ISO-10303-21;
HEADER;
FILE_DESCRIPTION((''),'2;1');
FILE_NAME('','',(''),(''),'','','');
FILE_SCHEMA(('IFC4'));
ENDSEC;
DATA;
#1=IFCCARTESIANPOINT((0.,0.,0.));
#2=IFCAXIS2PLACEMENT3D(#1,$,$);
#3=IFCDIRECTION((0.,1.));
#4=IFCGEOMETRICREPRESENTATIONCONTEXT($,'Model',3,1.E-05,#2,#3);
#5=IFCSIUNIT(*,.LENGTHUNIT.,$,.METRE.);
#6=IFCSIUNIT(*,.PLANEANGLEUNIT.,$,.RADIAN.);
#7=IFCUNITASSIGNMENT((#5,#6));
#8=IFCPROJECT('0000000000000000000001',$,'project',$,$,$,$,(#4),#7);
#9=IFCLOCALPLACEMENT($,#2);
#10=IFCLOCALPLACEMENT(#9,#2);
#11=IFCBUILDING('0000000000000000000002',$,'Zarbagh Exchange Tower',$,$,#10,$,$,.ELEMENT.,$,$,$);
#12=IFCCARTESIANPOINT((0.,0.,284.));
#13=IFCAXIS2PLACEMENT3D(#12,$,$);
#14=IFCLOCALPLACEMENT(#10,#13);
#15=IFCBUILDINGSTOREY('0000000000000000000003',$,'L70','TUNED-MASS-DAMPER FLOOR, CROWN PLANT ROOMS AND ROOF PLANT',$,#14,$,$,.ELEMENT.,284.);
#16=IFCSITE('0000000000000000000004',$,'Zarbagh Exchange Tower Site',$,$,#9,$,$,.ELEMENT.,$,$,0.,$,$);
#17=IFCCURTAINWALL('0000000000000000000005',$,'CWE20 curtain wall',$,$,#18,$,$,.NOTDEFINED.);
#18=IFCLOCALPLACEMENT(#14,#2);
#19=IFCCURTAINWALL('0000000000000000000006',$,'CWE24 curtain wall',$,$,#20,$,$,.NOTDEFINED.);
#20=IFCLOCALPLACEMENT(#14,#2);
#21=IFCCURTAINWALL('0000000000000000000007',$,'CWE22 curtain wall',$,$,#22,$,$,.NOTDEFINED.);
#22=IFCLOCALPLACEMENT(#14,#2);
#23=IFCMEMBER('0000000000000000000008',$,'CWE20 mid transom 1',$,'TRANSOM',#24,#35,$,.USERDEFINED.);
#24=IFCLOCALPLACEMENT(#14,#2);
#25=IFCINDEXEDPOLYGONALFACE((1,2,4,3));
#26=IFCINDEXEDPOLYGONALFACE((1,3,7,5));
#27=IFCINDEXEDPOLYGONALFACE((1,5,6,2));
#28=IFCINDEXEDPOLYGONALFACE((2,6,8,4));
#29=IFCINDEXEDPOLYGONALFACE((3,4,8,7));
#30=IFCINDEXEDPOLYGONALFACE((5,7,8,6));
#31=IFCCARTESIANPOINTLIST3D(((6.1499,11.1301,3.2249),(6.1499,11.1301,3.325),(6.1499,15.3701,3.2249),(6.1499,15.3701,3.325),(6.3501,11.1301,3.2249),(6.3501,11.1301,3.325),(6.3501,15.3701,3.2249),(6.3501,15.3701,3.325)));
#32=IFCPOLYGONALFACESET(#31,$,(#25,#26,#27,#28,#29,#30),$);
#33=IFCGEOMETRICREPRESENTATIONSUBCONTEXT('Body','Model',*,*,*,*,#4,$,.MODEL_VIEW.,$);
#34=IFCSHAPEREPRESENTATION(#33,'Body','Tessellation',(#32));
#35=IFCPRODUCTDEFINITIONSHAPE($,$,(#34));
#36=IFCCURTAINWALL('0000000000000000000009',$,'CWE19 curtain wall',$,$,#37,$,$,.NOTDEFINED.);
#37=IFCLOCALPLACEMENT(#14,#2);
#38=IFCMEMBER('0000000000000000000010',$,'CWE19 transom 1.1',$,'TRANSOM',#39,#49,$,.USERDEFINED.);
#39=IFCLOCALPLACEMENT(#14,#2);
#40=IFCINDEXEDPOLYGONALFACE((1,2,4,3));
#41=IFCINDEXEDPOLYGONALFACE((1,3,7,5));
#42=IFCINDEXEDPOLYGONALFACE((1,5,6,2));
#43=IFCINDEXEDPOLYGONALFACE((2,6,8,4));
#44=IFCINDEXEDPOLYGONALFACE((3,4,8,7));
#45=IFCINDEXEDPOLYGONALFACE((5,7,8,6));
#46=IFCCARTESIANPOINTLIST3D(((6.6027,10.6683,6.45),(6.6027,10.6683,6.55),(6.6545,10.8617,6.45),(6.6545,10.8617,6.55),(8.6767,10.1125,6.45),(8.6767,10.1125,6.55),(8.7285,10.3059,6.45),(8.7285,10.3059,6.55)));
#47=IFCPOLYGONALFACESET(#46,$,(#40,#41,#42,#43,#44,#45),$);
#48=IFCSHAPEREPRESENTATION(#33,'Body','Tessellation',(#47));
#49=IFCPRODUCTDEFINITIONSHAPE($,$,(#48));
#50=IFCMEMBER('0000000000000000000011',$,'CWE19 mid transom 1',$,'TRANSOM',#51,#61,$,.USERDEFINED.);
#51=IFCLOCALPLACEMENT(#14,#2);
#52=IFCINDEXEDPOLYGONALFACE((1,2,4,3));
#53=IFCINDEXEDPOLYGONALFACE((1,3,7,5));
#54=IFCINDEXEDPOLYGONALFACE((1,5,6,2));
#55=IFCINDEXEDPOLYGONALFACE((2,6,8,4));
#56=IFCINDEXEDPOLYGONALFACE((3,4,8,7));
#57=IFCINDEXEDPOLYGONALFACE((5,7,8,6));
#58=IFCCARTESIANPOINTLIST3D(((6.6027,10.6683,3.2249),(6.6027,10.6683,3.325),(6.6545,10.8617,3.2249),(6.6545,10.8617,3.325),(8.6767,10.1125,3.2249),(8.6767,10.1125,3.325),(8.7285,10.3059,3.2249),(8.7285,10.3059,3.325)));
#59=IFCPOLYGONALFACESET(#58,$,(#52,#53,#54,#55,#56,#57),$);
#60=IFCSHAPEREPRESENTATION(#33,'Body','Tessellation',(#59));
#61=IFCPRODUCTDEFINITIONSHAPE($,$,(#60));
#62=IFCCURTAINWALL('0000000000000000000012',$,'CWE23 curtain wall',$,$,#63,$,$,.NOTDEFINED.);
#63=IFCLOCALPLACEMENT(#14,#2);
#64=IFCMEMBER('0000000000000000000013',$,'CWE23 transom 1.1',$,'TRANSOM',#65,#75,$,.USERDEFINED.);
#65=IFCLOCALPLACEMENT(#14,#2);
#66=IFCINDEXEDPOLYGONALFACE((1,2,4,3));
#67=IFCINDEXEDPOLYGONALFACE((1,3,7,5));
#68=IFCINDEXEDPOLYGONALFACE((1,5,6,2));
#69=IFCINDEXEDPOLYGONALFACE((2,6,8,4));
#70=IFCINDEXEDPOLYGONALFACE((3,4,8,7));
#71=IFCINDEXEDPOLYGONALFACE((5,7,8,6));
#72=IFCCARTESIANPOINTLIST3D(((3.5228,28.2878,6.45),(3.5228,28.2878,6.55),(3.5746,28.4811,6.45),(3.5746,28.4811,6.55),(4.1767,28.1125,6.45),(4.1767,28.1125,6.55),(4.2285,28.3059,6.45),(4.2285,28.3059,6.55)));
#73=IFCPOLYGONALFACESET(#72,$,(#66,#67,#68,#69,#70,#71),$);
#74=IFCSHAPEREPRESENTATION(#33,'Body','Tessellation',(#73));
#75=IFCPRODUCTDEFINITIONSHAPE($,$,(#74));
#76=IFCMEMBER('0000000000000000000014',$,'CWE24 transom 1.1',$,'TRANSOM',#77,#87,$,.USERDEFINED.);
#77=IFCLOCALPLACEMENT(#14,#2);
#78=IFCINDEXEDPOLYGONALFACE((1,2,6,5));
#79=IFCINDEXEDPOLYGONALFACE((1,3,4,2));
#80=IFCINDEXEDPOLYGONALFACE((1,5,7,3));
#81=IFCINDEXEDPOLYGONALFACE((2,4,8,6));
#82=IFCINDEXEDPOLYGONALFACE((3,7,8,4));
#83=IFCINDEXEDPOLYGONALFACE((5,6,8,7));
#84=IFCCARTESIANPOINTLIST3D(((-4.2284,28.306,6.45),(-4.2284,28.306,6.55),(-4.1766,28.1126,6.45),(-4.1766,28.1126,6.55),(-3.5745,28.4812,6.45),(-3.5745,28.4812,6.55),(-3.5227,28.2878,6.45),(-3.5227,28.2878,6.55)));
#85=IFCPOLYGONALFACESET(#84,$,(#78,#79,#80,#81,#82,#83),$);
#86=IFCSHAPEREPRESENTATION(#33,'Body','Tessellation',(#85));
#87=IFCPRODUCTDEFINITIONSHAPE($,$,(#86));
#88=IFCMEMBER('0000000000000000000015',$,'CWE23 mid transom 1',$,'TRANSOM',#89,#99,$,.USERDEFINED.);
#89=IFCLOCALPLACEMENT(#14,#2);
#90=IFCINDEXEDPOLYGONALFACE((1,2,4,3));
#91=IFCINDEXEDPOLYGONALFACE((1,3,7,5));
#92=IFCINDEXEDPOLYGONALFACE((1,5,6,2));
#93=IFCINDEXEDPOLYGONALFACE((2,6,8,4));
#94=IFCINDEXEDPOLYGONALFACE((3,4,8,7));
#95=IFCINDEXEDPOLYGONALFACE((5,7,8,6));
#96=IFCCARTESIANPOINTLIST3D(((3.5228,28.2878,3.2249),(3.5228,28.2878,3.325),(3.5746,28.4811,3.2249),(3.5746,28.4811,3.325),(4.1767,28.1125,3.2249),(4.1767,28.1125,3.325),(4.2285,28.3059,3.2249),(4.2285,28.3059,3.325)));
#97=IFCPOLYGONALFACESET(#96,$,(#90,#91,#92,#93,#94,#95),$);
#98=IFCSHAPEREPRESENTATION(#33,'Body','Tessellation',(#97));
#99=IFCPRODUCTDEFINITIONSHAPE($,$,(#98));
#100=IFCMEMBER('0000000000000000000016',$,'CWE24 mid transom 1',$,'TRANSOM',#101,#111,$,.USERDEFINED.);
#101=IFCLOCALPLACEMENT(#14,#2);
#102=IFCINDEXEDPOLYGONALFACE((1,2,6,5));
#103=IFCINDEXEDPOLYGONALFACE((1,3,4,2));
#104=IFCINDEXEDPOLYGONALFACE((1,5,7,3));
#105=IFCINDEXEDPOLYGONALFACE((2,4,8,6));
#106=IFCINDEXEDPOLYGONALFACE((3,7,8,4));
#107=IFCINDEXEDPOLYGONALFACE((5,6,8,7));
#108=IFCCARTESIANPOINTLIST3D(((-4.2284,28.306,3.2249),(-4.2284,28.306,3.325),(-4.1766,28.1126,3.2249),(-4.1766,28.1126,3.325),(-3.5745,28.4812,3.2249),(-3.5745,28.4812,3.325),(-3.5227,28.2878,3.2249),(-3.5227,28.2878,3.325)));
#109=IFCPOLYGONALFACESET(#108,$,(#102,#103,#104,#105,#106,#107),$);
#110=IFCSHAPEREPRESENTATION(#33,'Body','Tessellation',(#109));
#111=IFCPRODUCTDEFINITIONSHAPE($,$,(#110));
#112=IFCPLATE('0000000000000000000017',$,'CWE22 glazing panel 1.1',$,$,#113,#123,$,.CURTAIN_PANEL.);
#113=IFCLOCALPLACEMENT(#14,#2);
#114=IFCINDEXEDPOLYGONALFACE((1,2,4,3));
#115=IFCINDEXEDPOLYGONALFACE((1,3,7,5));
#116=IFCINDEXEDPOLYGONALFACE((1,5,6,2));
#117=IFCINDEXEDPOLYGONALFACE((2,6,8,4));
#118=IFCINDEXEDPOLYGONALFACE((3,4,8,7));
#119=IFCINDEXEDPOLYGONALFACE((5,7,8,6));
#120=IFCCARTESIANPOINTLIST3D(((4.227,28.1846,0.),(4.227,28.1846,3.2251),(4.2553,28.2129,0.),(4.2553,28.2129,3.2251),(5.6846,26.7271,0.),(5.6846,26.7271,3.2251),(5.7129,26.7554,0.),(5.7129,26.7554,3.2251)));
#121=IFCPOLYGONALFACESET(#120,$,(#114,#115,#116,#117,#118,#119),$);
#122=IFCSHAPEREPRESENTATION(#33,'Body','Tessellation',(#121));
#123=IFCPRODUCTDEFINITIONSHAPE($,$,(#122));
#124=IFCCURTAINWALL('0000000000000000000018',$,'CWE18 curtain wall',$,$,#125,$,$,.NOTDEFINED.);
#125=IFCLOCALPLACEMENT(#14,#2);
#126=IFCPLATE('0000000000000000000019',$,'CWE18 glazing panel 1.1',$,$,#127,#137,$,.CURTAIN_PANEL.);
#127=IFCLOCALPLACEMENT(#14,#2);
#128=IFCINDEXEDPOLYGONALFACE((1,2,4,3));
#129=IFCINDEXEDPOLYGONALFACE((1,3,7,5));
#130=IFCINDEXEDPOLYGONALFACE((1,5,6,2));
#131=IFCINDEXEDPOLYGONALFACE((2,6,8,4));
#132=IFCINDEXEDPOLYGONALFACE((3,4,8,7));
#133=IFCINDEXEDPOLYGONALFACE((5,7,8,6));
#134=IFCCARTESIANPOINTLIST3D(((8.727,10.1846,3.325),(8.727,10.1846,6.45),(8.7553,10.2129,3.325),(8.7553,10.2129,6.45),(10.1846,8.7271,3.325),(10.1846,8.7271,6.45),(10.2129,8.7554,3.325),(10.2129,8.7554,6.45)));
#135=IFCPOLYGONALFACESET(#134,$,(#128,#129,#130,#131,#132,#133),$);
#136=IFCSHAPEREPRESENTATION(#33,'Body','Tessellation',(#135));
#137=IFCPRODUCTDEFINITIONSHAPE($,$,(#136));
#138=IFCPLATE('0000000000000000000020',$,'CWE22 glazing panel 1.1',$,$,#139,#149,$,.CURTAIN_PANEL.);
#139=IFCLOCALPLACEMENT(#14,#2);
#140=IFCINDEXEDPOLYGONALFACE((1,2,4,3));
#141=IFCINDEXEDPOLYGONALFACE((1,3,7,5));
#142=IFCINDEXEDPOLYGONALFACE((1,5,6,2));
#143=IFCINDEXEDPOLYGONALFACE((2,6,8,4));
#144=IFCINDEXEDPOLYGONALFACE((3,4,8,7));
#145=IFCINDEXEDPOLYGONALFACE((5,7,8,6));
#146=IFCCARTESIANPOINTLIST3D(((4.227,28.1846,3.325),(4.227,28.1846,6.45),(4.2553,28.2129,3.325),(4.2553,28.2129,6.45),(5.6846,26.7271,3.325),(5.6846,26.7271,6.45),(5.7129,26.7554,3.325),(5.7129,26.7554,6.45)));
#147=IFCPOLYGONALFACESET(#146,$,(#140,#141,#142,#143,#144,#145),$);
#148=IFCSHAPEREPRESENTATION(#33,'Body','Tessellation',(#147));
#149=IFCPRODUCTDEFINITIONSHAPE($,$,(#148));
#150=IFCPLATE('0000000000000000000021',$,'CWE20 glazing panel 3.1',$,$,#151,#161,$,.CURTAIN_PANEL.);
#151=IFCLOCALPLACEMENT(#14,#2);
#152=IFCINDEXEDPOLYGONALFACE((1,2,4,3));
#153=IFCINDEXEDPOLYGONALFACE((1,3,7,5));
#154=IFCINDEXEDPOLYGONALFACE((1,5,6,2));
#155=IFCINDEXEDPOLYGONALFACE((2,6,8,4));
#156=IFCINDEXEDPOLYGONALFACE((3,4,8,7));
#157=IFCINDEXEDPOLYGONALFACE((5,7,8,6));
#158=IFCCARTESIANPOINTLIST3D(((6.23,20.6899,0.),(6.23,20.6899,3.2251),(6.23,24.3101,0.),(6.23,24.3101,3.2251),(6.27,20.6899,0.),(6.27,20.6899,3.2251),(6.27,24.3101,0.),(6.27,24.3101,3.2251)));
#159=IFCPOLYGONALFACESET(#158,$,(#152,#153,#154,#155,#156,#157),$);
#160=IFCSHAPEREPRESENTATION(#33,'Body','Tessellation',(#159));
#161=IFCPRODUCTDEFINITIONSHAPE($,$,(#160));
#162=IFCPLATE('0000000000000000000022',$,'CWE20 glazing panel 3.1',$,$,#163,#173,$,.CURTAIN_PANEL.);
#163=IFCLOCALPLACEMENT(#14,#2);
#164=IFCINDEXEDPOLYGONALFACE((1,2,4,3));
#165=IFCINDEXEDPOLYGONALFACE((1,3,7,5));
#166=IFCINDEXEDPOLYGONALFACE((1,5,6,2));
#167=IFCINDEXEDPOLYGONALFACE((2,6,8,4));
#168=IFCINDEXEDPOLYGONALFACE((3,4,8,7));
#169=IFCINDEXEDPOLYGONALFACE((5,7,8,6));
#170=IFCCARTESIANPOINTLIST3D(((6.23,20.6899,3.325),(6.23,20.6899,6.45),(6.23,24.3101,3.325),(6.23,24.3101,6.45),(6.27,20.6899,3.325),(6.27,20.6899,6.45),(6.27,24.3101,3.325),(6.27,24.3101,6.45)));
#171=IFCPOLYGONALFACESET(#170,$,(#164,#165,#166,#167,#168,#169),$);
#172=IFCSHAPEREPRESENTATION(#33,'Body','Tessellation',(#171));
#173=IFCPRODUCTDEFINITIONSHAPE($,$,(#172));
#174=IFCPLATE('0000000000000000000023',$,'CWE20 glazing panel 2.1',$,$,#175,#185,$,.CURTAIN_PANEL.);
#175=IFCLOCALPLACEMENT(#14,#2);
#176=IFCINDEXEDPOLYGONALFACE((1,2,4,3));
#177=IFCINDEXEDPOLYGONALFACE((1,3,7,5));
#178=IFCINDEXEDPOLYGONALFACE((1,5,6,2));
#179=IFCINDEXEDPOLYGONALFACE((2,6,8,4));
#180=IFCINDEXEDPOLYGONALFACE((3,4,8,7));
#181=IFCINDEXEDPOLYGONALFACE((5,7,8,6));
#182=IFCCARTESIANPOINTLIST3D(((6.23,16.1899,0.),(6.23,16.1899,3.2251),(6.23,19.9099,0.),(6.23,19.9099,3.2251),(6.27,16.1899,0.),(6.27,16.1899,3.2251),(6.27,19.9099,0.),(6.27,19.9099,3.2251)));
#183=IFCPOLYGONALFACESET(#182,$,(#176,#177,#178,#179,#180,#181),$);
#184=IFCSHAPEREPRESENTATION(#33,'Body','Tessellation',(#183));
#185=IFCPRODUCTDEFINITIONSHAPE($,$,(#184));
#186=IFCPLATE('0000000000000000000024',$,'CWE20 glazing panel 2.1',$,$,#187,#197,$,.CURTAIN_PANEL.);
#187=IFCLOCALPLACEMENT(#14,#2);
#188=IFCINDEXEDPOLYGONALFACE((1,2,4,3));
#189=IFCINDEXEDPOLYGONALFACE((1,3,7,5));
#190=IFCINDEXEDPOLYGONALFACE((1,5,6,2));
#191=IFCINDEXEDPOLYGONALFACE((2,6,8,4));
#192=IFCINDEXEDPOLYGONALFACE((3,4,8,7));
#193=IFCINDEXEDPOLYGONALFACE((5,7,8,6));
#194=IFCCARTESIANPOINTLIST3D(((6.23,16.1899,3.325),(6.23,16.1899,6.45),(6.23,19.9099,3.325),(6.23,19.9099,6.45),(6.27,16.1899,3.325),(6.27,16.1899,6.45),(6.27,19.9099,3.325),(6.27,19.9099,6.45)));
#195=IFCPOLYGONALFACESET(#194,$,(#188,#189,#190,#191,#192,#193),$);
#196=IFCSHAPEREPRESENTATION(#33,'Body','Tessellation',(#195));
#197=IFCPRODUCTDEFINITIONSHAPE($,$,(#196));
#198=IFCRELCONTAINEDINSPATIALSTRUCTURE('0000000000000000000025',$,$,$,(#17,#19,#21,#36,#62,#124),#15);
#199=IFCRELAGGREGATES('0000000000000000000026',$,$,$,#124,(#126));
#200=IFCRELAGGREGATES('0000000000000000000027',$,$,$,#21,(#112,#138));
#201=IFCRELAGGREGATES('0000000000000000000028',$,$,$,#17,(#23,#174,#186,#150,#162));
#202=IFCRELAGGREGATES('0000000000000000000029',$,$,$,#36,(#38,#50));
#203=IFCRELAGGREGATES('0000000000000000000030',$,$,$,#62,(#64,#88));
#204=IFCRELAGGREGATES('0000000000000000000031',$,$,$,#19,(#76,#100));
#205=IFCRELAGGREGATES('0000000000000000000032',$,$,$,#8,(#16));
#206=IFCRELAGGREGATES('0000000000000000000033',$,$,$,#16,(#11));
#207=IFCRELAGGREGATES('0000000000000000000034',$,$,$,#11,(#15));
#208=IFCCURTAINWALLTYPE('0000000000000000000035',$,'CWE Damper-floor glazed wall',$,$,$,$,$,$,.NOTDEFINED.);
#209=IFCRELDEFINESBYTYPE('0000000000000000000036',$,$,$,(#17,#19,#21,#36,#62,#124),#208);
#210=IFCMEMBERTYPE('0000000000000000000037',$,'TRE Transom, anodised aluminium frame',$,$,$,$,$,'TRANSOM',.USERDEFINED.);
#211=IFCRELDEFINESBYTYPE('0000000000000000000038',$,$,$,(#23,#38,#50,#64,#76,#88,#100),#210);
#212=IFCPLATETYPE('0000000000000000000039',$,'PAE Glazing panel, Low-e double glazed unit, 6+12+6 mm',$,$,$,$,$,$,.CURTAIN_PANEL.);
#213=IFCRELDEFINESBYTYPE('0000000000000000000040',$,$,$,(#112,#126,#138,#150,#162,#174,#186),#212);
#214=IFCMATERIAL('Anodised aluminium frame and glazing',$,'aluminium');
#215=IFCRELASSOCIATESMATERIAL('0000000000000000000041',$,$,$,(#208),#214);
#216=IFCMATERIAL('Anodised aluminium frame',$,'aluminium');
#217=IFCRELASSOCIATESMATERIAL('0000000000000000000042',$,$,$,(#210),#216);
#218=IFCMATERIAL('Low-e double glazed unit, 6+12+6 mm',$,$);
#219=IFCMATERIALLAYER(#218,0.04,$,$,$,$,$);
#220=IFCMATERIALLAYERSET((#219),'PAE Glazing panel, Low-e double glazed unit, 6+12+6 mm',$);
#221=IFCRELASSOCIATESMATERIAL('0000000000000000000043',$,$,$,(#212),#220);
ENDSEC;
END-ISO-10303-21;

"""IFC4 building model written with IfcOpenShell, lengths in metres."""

from ifc_helpers import new_model, si_unit, direction, frame, origin, place, context, subcontext, project, spatial, polyline, outline, extrude, source, transform, mapped, material, layer, layer_set, type_object, element, aggregate, save


model = new_model("IFC4")

# Units and contexts
model_context = context("Model", 3, precision=1e-05, world=origin(), true_north=direction((0.0, 1.0)))
body_context = subcontext(model_context, "Body", "Model", "MODEL_VIEW")
ifc_project = project(units=[si_unit("LENGTHUNIT", "METRE"), si_unit("PLANEANGLEUNIT", "RADIAN")], contexts=[model_context])

# Site, building, storey
site_placement = place(None, origin())
site = spatial("IfcSite", under=ifc_project, at=site_placement, Name="Zarbagh Exchange Tower Site", CompositionType="ELEMENT", RefElevation=0.0)
building_placement = place(site_placement, origin())
building = spatial("IfcBuilding", under=site, at=building_placement, Name="Zarbagh Exchange Tower", CompositionType="ELEMENT")
storey_placement = place(building_placement, frame((0.0, 0.0, 284.0)))
storey = spatial("IfcBuildingStorey", under=building, at=storey_placement, Name="L70", Description="TUNED-MASS-DAMPER FLOOR, CROWN PLANT ROOMS AND ROOF PLANT", CompositionType="ELEMENT", Elevation=284.0)

# Curtain wall
ifc_material_1 = material(Name="Anodised aluminium frame and glazing", Category="aluminium")
curtain_wall_type = type_object("IfcCurtainWallType", Name="CWE Damper-floor glazed wall", PredefinedType="NOTDEFINED", material=ifc_material_1)
curtain_wall_1_placement = place(storey_placement, origin())
curtain_wall_1 = element("IfcCurtainWall", 1, at=curtain_wall_1_placement, inside=storey, type_object=curtain_wall_type, Name="CWE20 curtain wall", PredefinedType="NOTDEFINED")
ifc_material_2 = material(Name="Anodised aluminium frame", Category="aluminium")
placement = place(storey_placement, origin())

# Curtain wall
curtain_wall_2_placement = place(storey_placement, origin())
curtain_wall_2 = element("IfcCurtainWall", 2, at=curtain_wall_2_placement, inside=storey, type_object=curtain_wall_type, Name="CWE24 curtain wall", PredefinedType="NOTDEFINED")

# Curtain wall
curtain_wall_3_placement = place(storey_placement, origin())
curtain_wall_3 = element("IfcCurtainWall", 3, at=curtain_wall_3_placement, inside=storey, type_object=curtain_wall_type, Name="CWE22 curtain wall", PredefinedType="NOTDEFINED")
member_type_1 = type_object("IfcMemberType", Name="TRE Transom, anodised aluminium frame", ElementType="TRANSOM", PredefinedType="USERDEFINED", material=ifc_material_2)

# Member
shared_shape_1 = source(origin(), body_context, "Body", "SweptSolid", [
    extrude(outline(polyline([(-0.05, -0.1001), (0.05, -0.1001), (0.05, 0.1001), (-0.05, 0.1001), (-0.05, -0.1001)])), origin(), (0.0, 0.0, 1.0), 4.24),
])
member_1 = element("IfcMember", 4, at=placement, type_object=member_type_1, Name="CWE20 mid transom 1", ObjectType="TRANSOM", PredefinedType="USERDEFINED", context=body_context, shape_type="MappedRepresentation", body=[
    mapped(shared_shape_1, transform((6.25, 11.1301, 3.2749), x_axis=(0.0, 0.0, 1.0), y_axis=(1.0, 0.0, 0.0), z_axis=(0.0, 1.0, 0.0))),
])

# Curtain wall, members
curtain_wall_4_placement = place(storey_placement, origin())
curtain_wall_4 = element("IfcCurtainWall", 5, at=curtain_wall_4_placement, inside=storey, type_object=curtain_wall_type, Name="CWE19 curtain wall", PredefinedType="NOTDEFINED")
shared_shape_2 = source(origin(), body_context, "Body", "SweptSolid", [
    extrude(outline(polyline([(-0.1001, -0.1001), (0.0, -0.1001), (0.0, 0.1001), (-0.1001, 0.1001), (-0.1001, -0.1001)])), origin(), (0.0, 0.0, 1.0), 2.1472),
])
member_2 = element("IfcMember", 6, at=placement, type_object=member_type_1, Name="CWE19 transom 1.1", ObjectType="TRANSOM", PredefinedType="USERDEFINED", context=body_context, shape_type="MappedRepresentation", body=[
    mapped(shared_shape_2, transform((8.7026, 10.2092, 6.55), x_axis=(0.0, 0.0, 1.0), y_axis=(0.258825, 0.965924, 0.0), z_axis=(-0.965924, 0.258825, 0.0))),
])
shared_shape_3 = source(origin(), body_context, "Body", "SweptSolid", [
    extrude(outline(polyline([(-0.05, -0.1001), (0.05, -0.1001), (0.05, 0.1001), (-0.05, 0.1001), (-0.05, -0.1001)])), origin(), (0.0, 0.0, 1.0), 2.1472),
])
member_3 = element("IfcMember", 7, at=placement, type_object=member_type_1, Name="CWE19 mid transom 1", ObjectType="TRANSOM", PredefinedType="USERDEFINED", context=body_context, shape_type="MappedRepresentation", body=[
    mapped(shared_shape_3, transform((8.7026, 10.2092, 3.2749), x_axis=(0.0, 0.0, 1.0), y_axis=(0.258825, 0.965924, 0.0), z_axis=(-0.965924, 0.258825, 0.0))),
])

# Curtain wall, member
curtain_wall_5_placement = place(storey_placement, origin())
curtain_wall_5 = element("IfcCurtainWall", 8, at=curtain_wall_5_placement, inside=storey, type_object=curtain_wall_type, Name="CWE23 curtain wall", PredefinedType="NOTDEFINED")
shared_shape_4 = source(origin(), body_context, "Body", "SweptSolid", [
    extrude(outline(polyline([(-0.1001, -0.1001), (0.0, -0.1001), (0.0, 0.1001), (-0.1001, 0.1001), (-0.1001, -0.1001)])), origin(), (0.0, 0.0, 1.0), 0.677),
])
member_4 = element("IfcMember", 9, at=placement, type_object=member_type_1, Name="CWE23 transom 1.1", ObjectType="TRANSOM", PredefinedType="USERDEFINED", context=body_context, shape_type="MappedRepresentation", body=[
    mapped(shared_shape_4, transform((4.2026, 28.2092, 6.55), x_axis=(0.0, 0.0, 1.0), y_axis=(0.258825, 0.965924, 0.0), z_axis=(-0.965924, 0.258825, 0.0))),
])

# Members
member_5 = element("IfcMember", 10, at=placement, type_object=member_type_1, Name="CWE24 transom 1.1", ObjectType="TRANSOM", PredefinedType="USERDEFINED", context=body_context, shape_type="MappedRepresentation", body=[
    mapped(shared_shape_4, transform((-3.5486, 28.3845, 6.55), x_axis=(0.0, 0.0, 1.0), y_axis=(-0.258825, 0.965924, 0.0), z_axis=(-0.965924, -0.258825, 0.0))),
])
shared_shape_5 = source(origin(), body_context, "Body", "SweptSolid", [
    extrude(outline(polyline([(-0.05, -0.1001), (0.05, -0.1001), (0.05, 0.1001), (-0.05, 0.1001), (-0.05, -0.1001)])), origin(), (0.0, 0.0, 1.0), 0.677),
])
member_6 = element("IfcMember", 11, at=placement, type_object=member_type_1, Name="CWE23 mid transom 1", ObjectType="TRANSOM", PredefinedType="USERDEFINED", context=body_context, shape_type="MappedRepresentation", body=[
    mapped(shared_shape_5, transform((4.2026, 28.2092, 3.2749), x_axis=(0.0, 0.0, 1.0), y_axis=(0.258825, 0.965924, 0.0), z_axis=(-0.965924, 0.258825, 0.0))),
])
member_7 = element("IfcMember", 12, at=placement, type_object=member_type_1, Name="CWE24 mid transom 1", ObjectType="TRANSOM", PredefinedType="USERDEFINED", context=body_context, shape_type="MappedRepresentation", body=[
    mapped(shared_shape_5, transform((-3.5486, 28.3845, 3.2749), x_axis=(0.0, 0.0, 1.0), y_axis=(-0.258825, 0.965924, 0.0), z_axis=(-0.965924, -0.258825, 0.0))),
])

# Plate
ifc_material_3 = material(Name="Low-e double glazed unit, 6+12+6 mm")
ifc_layer = layer(ifc_material_3, 0.04)
ifc_layer_set = layer_set([ifc_layer], Name="PAE Glazing panel, Low-e double glazed unit, 6+12+6 mm")
plate_type = type_object("IfcPlateType", Name="PAE Glazing panel, Low-e double glazed unit, 6+12+6 mm", PredefinedType="CURTAIN_PANEL", material=ifc_layer_set)
shared_shape_6 = source(origin(), body_context, "Body", "SweptSolid", [
    extrude(outline(polyline([(0.0, -0.02), (2.0613, -0.02), (2.0613, 0.02), (0.0, 0.02), (0.0, -0.02)])), origin(), (0.0, 0.0, 1.0), 3.2251),
])
plate_1 = element("IfcPlate", 13, at=placement, type_object=plate_type, Name="CWE22 glazing panel 1.1", PredefinedType="CURTAIN_PANEL", context=body_context, shape_type="MappedRepresentation", body=[
    mapped(shared_shape_6, transform((5.6987, 26.7412, 0.0), x_axis=(-0.707107, 0.707107, 0.0), y_axis=(-0.707107, -0.707107, 0.0), z_axis=(0.0, 0.0, 1.0))),
])

# Curtain wall, plate
curtain_wall_6_placement = place(storey_placement, origin())
curtain_wall_6 = element("IfcCurtainWall", 14, at=curtain_wall_6_placement, inside=storey, type_object=curtain_wall_type, Name="CWE18 curtain wall", PredefinedType="NOTDEFINED")
shared_shape_7 = source(origin(), body_context, "Body", "SweptSolid", [
    extrude(outline(polyline([(0.0, -0.02), (2.0613, -0.02), (2.0613, 0.02), (0.0, 0.02), (0.0, -0.02)])), origin(), (0.0, 0.0, 1.0), 3.125),
])
plate_2 = element("IfcPlate", 15, at=placement, type_object=plate_type, Name="CWE18 glazing panel 1.1", PredefinedType="CURTAIN_PANEL", context=body_context, shape_type="MappedRepresentation", body=[
    mapped(shared_shape_7, transform((10.1987, 8.7412, 3.325), x_axis=(-0.707107, 0.707107, 0.0), y_axis=(-0.707107, -0.707107, 0.0), z_axis=(0.0, 0.0, 1.0))),
])
aggregate(curtain_wall_6, [plate_2])

# Plates
plate_3 = element("IfcPlate", 16, at=placement, type_object=plate_type, Name="CWE22 glazing panel 1.1", PredefinedType="CURTAIN_PANEL", context=body_context, shape_type="MappedRepresentation", body=[
    mapped(shared_shape_7, transform((5.6987, 26.7412, 3.325), x_axis=(-0.707107, 0.707107, 0.0), y_axis=(-0.707107, -0.707107, 0.0), z_axis=(0.0, 0.0, 1.0))),
])
aggregate(curtain_wall_3, [plate_1, plate_3])
shared_shape_8 = source(origin(), body_context, "Body", "SweptSolid", [
    extrude(outline(polyline([(0.0, -0.02), (3.6201, -0.02), (3.6201, 0.02), (0.0, 0.02), (0.0, -0.02)])), origin(), (0.0, 0.0, 1.0), 3.2251),
])
plate_4 = element("IfcPlate", 17, at=placement, type_object=plate_type, Name="CWE20 glazing panel 3.1", PredefinedType="CURTAIN_PANEL", context=body_context, shape_type="MappedRepresentation", body=[
    mapped(shared_shape_8, transform((6.25, 20.6899, 0.0), x_axis=(0.0, 1.0, 0.0), y_axis=(-1.0, 0.0, 0.0), z_axis=(0.0, 0.0, 1.0))),
])
shared_shape_9 = source(origin(), body_context, "Body", "SweptSolid", [
    extrude(outline(polyline([(0.0, -0.02), (3.6201, -0.02), (3.6201, 0.02), (0.0, 0.02), (0.0, -0.02)])), origin(), (0.0, 0.0, 1.0), 3.125),
])
plate_5 = element("IfcPlate", 18, at=placement, type_object=plate_type, Name="CWE20 glazing panel 3.1", PredefinedType="CURTAIN_PANEL", context=body_context, shape_type="MappedRepresentation", body=[
    mapped(shared_shape_9, transform((6.25, 20.6899, 3.325), x_axis=(0.0, 1.0, 0.0), y_axis=(-1.0, 0.0, 0.0), z_axis=(0.0, 0.0, 1.0))),
])
shared_shape_10 = source(origin(), body_context, "Body", "SweptSolid", [
    extrude(outline(polyline([(0.0, -0.02), (3.72, -0.02), (3.72, 0.02), (0.0, 0.02), (0.0, -0.02)])), origin(), (0.0, 0.0, 1.0), 3.2251),
])
plate_6 = element("IfcPlate", 19, at=placement, type_object=plate_type, Name="CWE20 glazing panel 2.1", PredefinedType="CURTAIN_PANEL", context=body_context, shape_type="MappedRepresentation", body=[
    mapped(shared_shape_10, transform((6.25, 16.1899, 0.0), x_axis=(0.0, 1.0, 0.0), y_axis=(-1.0, 0.0, 0.0), z_axis=(0.0, 0.0, 1.0))),
])
shared_shape_11 = source(origin(), body_context, "Body", "SweptSolid", [
    extrude(outline(polyline([(0.0, -0.02), (3.72, -0.02), (3.72, 0.02), (0.0, 0.02), (0.0, -0.02)])), origin(), (0.0, 0.0, 1.0), 3.125),
])
plate_7 = element("IfcPlate", 20, at=placement, type_object=plate_type, Name="CWE20 glazing panel 2.1", PredefinedType="CURTAIN_PANEL", context=body_context, shape_type="MappedRepresentation", body=[
    mapped(shared_shape_11, transform((6.25, 16.1899, 3.325), x_axis=(0.0, 1.0, 0.0), y_axis=(-1.0, 0.0, 0.0), z_axis=(0.0, 0.0, 1.0))),
])
aggregate(curtain_wall_1, [member_1, plate_6, plate_7, plate_4, plate_5])
aggregate(curtain_wall_4, [member_2, member_3])
aggregate(curtain_wall_5, [member_4, member_6])
aggregate(curtain_wall_2, [member_5, member_7])

save(model, "model.ifc")
